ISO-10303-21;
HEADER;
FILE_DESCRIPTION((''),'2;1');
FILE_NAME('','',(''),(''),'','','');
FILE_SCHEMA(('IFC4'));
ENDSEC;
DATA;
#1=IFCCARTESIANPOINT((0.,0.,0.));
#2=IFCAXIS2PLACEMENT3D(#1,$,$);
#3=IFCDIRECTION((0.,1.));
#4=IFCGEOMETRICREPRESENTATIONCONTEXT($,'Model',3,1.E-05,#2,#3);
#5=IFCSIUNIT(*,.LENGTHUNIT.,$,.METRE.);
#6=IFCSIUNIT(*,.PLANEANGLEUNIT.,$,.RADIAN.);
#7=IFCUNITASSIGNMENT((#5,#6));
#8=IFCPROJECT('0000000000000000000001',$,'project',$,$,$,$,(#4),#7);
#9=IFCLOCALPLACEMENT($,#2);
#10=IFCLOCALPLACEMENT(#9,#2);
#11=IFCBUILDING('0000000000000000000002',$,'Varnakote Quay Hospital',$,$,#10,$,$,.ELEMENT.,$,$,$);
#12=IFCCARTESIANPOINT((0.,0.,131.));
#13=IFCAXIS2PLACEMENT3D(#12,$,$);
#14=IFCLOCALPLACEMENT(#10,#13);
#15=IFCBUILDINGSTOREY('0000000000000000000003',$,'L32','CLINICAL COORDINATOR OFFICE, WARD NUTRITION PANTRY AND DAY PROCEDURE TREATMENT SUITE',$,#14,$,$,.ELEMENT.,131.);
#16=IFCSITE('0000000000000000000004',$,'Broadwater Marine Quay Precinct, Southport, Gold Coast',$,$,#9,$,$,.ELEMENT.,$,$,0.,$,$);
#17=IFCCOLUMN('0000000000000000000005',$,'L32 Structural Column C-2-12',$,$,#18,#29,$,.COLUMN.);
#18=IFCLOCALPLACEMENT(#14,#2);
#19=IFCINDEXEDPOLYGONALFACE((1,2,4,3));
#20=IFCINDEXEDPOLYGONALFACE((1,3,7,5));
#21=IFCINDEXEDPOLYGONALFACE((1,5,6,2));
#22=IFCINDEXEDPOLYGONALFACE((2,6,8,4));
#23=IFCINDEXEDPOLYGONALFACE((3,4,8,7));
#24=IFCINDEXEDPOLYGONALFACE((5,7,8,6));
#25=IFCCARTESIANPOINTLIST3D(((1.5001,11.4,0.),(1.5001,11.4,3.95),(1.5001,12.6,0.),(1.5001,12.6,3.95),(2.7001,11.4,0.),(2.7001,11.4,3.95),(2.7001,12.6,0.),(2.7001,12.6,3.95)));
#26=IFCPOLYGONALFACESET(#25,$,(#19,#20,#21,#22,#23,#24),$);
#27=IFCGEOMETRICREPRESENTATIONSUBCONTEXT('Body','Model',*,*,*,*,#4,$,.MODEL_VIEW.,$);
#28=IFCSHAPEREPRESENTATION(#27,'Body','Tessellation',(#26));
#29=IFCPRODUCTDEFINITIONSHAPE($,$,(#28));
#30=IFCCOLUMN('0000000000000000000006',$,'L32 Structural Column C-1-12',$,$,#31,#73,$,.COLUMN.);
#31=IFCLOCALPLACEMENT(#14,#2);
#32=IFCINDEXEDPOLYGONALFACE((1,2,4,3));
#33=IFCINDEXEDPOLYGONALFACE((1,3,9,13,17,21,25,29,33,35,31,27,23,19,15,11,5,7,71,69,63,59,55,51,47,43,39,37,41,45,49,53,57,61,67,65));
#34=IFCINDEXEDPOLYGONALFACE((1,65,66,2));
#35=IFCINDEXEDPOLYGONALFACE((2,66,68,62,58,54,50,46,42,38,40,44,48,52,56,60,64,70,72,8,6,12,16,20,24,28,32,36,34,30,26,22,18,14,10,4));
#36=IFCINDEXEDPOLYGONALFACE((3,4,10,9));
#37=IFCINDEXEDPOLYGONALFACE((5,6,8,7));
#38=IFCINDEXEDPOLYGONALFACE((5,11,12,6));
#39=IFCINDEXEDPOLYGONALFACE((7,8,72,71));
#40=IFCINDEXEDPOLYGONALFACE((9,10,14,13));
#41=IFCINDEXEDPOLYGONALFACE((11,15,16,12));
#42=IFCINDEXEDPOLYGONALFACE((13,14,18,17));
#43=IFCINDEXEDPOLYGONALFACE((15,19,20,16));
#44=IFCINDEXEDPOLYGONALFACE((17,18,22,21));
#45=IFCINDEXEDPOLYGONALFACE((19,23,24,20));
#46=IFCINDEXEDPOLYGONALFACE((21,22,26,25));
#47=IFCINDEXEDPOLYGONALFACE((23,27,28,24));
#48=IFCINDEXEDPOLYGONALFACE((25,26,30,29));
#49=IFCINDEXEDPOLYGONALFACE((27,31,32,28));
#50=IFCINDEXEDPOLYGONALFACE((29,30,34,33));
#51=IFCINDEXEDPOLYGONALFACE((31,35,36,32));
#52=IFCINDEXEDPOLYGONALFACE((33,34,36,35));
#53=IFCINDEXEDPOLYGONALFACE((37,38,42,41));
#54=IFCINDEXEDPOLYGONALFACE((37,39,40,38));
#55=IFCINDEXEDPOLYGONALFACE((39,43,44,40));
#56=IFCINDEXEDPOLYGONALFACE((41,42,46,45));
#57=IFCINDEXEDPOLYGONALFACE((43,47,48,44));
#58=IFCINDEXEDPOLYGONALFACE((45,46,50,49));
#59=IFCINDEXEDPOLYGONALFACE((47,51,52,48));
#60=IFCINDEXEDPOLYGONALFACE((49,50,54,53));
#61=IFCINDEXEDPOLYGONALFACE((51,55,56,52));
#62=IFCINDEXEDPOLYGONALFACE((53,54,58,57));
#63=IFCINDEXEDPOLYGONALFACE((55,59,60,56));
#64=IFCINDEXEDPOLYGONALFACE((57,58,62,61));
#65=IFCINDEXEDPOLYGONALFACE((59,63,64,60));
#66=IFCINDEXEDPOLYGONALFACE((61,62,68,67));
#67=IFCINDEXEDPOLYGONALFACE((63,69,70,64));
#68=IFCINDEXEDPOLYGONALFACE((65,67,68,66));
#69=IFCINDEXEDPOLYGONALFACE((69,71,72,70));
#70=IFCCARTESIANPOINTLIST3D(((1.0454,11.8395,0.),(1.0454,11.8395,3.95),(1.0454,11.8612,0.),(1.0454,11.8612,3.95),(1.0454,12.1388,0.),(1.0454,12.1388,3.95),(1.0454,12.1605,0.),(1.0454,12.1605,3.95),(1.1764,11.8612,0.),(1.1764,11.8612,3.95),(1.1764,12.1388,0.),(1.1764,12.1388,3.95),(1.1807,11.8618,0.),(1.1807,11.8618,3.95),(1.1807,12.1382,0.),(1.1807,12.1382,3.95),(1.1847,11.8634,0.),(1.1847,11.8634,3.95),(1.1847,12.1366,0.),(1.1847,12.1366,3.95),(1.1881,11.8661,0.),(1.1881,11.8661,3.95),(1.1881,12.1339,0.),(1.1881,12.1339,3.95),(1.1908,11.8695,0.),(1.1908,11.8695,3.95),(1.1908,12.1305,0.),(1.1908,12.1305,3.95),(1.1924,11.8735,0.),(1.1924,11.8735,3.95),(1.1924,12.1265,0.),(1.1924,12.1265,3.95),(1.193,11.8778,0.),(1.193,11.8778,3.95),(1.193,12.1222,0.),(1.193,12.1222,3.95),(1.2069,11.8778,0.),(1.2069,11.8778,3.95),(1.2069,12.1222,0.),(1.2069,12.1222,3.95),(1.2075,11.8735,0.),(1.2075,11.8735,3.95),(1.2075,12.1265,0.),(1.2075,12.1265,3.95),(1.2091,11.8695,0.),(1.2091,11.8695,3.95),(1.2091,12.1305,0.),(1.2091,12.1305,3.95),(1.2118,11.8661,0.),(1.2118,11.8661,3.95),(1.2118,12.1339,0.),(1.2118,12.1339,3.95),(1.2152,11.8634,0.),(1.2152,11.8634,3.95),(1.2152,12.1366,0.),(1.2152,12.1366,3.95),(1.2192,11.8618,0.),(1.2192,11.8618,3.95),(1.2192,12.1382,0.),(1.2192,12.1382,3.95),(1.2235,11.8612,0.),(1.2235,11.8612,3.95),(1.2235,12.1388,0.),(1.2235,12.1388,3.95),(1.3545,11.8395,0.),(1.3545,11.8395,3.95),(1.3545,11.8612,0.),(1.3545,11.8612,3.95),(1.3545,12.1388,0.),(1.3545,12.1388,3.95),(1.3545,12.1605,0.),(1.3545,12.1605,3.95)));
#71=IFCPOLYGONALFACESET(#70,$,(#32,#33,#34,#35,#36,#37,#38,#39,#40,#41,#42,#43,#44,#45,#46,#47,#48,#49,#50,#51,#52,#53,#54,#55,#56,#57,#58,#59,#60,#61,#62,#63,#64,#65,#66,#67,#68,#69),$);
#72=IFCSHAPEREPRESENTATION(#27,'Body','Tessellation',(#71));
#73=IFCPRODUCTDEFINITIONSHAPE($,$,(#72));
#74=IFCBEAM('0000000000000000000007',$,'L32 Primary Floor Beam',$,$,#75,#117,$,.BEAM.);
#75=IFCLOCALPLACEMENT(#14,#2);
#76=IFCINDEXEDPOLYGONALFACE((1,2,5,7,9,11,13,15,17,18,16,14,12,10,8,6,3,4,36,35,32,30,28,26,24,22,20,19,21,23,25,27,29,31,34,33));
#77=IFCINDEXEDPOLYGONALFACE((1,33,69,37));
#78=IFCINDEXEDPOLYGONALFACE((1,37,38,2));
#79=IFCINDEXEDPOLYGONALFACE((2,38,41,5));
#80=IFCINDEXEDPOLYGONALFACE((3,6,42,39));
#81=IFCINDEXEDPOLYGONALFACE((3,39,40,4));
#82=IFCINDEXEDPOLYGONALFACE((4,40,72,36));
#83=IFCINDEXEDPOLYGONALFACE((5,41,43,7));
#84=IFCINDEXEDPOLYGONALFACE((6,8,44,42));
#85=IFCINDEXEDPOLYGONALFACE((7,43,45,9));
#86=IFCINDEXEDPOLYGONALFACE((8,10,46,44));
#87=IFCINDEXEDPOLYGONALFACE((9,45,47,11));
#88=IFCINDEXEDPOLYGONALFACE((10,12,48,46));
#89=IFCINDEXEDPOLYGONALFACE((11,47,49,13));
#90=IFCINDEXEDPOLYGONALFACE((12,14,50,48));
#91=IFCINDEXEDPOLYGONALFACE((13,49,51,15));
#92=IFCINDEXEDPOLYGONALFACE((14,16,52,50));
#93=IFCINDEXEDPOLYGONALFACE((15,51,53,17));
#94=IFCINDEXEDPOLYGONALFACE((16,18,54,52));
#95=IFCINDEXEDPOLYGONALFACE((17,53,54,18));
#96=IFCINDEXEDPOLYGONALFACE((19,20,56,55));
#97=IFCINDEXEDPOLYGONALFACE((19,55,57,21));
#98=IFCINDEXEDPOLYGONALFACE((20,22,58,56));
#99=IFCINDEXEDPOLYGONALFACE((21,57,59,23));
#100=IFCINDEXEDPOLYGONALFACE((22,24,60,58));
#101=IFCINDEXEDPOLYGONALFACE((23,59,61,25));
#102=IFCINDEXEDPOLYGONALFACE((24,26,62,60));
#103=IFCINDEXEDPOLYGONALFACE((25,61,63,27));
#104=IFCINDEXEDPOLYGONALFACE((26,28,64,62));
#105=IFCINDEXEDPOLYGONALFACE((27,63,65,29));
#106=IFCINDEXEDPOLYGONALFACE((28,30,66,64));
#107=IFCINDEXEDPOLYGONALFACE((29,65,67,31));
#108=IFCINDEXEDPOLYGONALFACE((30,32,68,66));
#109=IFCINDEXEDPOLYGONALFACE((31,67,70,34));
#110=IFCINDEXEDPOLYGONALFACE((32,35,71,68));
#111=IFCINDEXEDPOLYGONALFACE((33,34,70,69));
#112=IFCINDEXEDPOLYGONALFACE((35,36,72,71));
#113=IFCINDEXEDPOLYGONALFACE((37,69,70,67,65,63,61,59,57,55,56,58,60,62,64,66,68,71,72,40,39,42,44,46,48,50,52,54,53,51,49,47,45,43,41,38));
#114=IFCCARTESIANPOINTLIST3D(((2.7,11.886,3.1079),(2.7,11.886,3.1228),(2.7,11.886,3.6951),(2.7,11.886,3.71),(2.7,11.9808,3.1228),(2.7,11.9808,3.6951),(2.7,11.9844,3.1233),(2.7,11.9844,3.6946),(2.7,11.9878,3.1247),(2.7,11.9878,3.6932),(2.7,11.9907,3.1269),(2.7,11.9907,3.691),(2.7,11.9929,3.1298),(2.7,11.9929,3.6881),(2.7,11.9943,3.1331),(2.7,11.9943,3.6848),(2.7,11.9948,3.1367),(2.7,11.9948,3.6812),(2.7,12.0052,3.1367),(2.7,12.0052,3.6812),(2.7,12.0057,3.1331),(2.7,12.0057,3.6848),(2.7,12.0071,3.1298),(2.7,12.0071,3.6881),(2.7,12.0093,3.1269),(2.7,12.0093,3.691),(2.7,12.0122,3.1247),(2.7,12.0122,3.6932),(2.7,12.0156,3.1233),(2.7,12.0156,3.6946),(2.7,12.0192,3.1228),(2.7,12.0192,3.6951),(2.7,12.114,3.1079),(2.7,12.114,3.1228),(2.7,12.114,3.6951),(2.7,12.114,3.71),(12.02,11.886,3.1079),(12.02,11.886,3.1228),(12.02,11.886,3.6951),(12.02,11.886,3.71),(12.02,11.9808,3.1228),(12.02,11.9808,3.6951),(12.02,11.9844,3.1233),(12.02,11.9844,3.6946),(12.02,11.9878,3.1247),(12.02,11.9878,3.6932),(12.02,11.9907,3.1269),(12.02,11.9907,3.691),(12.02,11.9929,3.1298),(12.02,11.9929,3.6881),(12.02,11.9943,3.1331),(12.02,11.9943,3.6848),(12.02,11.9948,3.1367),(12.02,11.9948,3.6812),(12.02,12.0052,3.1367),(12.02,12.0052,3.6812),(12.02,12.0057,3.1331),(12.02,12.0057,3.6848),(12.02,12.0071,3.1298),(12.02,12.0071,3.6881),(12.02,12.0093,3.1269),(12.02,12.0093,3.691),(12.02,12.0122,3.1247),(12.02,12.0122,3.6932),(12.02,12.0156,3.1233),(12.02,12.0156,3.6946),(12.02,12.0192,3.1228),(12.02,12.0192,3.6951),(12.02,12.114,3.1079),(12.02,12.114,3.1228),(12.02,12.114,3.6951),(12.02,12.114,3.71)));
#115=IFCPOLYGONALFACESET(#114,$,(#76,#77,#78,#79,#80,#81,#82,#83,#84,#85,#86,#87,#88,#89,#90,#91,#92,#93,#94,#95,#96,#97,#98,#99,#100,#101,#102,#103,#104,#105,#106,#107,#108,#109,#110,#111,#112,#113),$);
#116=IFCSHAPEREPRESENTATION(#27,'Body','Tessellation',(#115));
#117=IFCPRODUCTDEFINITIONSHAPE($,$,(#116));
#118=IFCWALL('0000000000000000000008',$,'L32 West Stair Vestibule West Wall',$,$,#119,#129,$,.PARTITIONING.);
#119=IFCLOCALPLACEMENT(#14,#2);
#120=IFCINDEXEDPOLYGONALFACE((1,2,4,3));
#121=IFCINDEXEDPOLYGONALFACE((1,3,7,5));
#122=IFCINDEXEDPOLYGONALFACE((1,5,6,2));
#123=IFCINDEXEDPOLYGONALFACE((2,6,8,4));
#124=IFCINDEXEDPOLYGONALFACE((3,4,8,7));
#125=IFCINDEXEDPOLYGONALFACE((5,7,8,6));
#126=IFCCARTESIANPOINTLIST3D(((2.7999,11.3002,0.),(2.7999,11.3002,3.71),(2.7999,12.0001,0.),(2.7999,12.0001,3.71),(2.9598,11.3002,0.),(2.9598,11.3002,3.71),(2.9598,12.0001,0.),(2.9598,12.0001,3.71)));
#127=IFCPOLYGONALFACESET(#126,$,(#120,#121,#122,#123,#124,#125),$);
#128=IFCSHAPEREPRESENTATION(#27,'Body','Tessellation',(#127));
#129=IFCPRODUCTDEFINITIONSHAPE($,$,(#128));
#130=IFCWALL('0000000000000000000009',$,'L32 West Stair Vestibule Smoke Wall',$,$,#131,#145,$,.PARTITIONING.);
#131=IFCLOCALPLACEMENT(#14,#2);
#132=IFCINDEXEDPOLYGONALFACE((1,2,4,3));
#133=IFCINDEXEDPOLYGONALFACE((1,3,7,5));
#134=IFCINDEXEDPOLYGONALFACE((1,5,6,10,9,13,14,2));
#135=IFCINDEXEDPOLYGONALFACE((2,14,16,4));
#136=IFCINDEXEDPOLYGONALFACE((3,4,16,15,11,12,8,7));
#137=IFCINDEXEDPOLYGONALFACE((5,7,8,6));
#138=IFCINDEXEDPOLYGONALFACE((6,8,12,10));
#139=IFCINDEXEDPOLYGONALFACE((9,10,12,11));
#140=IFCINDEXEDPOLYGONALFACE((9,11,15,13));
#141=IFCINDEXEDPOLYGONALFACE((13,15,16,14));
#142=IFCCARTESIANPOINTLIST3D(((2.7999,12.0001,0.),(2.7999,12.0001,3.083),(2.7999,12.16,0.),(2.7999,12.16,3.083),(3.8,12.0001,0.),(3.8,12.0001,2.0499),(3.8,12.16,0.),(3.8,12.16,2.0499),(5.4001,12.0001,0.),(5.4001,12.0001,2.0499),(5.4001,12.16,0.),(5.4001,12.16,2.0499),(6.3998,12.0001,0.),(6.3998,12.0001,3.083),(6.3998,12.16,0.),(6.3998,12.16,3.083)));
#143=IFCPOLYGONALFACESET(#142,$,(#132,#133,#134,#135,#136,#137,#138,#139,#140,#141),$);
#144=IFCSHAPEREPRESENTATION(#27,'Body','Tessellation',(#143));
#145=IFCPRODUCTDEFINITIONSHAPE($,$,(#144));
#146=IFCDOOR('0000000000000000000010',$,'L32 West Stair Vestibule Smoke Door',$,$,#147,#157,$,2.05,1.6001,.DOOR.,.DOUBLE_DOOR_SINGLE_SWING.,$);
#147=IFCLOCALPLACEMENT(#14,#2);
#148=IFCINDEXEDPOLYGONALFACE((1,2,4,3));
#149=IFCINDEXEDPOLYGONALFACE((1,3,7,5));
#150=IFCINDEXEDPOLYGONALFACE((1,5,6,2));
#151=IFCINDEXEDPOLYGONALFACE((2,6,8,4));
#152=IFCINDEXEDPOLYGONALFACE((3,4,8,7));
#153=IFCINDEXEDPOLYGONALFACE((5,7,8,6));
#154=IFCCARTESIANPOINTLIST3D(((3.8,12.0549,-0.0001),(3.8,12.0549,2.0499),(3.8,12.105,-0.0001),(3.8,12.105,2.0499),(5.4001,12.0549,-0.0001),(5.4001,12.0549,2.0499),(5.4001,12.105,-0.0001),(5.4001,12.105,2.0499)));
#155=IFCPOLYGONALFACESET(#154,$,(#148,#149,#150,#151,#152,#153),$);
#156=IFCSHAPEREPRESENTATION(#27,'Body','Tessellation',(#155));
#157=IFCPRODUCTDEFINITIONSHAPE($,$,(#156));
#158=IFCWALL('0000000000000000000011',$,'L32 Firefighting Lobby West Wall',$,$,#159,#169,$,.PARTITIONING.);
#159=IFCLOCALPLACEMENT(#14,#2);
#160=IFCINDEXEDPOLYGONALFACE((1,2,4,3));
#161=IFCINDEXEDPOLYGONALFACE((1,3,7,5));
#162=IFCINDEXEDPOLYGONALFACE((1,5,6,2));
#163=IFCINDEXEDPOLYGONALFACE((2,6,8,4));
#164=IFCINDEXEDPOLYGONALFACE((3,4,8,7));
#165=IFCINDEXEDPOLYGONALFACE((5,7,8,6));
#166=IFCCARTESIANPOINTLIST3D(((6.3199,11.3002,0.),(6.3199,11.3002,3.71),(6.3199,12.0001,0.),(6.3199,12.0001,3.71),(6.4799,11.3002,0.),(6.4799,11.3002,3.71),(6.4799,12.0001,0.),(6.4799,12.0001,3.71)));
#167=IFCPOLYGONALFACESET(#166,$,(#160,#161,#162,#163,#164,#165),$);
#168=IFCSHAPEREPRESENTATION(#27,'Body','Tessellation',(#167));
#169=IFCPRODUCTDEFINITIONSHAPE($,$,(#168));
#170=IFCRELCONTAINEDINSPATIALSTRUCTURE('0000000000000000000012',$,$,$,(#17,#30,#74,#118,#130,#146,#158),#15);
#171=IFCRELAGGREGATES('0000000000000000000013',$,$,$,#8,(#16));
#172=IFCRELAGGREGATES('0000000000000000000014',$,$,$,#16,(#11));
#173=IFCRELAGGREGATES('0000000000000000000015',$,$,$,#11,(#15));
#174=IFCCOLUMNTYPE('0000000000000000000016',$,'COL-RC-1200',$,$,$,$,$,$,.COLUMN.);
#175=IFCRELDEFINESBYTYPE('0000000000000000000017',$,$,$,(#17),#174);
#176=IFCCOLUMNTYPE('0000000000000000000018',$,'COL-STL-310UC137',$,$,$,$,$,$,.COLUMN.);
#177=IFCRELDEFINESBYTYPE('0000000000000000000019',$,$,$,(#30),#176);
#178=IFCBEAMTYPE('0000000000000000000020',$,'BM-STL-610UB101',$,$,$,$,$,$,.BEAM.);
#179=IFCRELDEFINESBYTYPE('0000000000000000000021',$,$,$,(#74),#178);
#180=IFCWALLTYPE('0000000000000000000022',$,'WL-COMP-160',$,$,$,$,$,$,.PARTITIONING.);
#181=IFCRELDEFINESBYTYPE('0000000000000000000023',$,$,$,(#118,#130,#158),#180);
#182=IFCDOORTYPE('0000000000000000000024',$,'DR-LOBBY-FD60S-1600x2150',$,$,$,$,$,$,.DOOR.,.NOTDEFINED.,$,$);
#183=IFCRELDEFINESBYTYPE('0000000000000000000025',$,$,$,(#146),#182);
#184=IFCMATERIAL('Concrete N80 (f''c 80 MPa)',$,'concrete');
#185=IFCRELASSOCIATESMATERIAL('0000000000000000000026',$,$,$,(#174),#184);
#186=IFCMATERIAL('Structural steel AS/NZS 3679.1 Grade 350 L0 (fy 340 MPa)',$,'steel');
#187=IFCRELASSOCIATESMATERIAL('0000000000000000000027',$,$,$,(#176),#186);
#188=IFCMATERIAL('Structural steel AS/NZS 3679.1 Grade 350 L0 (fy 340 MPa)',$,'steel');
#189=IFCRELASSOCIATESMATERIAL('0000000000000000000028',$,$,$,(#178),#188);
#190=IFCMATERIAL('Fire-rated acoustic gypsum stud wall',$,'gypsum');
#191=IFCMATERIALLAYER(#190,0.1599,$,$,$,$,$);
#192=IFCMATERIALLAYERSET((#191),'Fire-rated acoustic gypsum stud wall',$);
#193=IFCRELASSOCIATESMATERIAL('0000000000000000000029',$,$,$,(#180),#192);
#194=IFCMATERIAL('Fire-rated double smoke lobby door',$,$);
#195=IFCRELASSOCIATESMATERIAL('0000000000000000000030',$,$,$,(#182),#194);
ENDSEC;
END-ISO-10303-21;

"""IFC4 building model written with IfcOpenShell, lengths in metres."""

from ifc_helpers import new_model, si_unit, direction, frame, frame_2d, origin, origin_2d, place, context, subcontext, project, spatial, rectangle, i_section, extrude, material, layer, layer_set, material_profile, profile_set, type_object, element, fill, save


model = new_model("IFC4")

# Units and contexts
model_context = context("Model", 3, precision=1e-05, world=origin(), true_north=direction((0.0, 1.0)))
body_context = subcontext(model_context, "Body", "Model", "MODEL_VIEW")
ifc_project = project(units=[si_unit("LENGTHUNIT", "METRE"), si_unit("PLANEANGLEUNIT", "RADIAN")], contexts=[model_context])

# Site, building, storey
site_placement = place(None, origin())
site = spatial("IfcSite", under=ifc_project, at=site_placement, Name="Broadwater Marine Quay Precinct, Southport, Gold Coast", CompositionType="ELEMENT", RefElevation=0.0)
building_placement = place(site_placement, origin())
building = spatial("IfcBuilding", under=site, at=building_placement, Name="Varnakote Quay Hospital", CompositionType="ELEMENT")
storey_placement = place(building_placement, frame((0.0, 0.0, 131.0)))
storey = spatial("IfcBuildingStorey", under=building, at=storey_placement, Name="L32", Description="CLINICAL COORDINATOR OFFICE, WARD NUTRITION PANTRY AND DAY PROCEDURE TREATMENT SUITE", CompositionType="ELEMENT", Elevation=131.0)

# Columns
ifc_material_1 = material(Name="Concrete N80 (f'c 80 MPa)", Category="concrete")
ifc_material_profile_1 = material_profile(ifc_material_1, rectangle(XDim=1.2, YDim=1.2, at=origin_2d()), Name="RC-COL-1200x1200")
ifc_profile_set_1 = profile_set([ifc_material_profile_1], Name="Concrete N80 (f'c 80 MPa)")
column_type_1 = type_object("IfcColumnType", Name="COL-RC-1200", PredefinedType="COLUMN", material=ifc_profile_set_1)
column_1_placement = place(storey_placement, frame((2.1001, 12.0, 0.0), z_axis=(0.0, 0.0, 1.0), x_axis=(1.0, 0.0, 0.0)))
element("IfcColumn", 1, at=column_1_placement, inside=storey, type_object=column_type_1, Name="L32 Structural Column C-2-12", PredefinedType="COLUMN", context=body_context, shape_type="SweptSolid", body=[
    extrude(rectangle(XDim=1.2, YDim=1.2, at=origin_2d()), origin(), (0.0, 0.0, 1.0), 3.95),
])
ifc_material_2 = material(Name="Structural steel AS/NZS 3679.1 Grade 350 L0 (fy 340 MPa)", Category="steel")
ifc_material_profile_2 = material_profile(ifc_material_2, i_section(OverallWidth=0.3091, OverallDepth=0.321, WebThickness=0.0139, FlangeThickness=0.0217, FilletRadius=0.0166, at=origin_2d()), Name="310UC137")
ifc_profile_set_2 = profile_set([ifc_material_profile_2], Name="Structural steel AS/NZS 3679.1 Grade 350 L0 (fy 340 MPa)")
column_type_2 = type_object("IfcColumnType", Name="COL-STL-310UC137", PredefinedType="COLUMN", material=ifc_profile_set_2)
column_2_placement = place(storey_placement, frame((1.2, 12.0, 0.0), z_axis=(0.0, 0.0, 1.0), x_axis=(1.0, 0.0, 0.0)))
element("IfcColumn", 2, at=column_2_placement, inside=storey, type_object=column_type_2, Name="L32 Structural Column C-1-12", PredefinedType="COLUMN", context=body_context, shape_type="SweptSolid", body=[
    extrude(i_section(OverallWidth=0.3091, OverallDepth=0.321, WebThickness=0.0139, FlangeThickness=0.0217, FilletRadius=0.0166, at=origin_2d()), origin(), (0.0, 0.0, 1.0), 3.95),
])

# Beam
ifc_material_3 = material(Name="Structural steel AS/NZS 3679.1 Grade 350 L0 (fy 340 MPa)", Category="steel")
ifc_material_profile_3 = material_profile(ifc_material_3, i_section(OverallWidth=0.228, OverallDepth=0.6021, WebThickness=0.0105, FlangeThickness=0.0149, FilletRadius=0.0139, at=origin_2d()), Name="610UB101")
ifc_profile_set_3 = profile_set([ifc_material_profile_3], Name="Structural steel AS/NZS 3679.1 Grade 350 L0 (fy 340 MPa)")
beam_type = type_object("IfcBeamType", Name="BM-STL-610UB101", PredefinedType="BEAM", material=ifc_profile_set_3)
beam_placement = place(storey_placement, frame((2.7, 12.0, 3.4089), z_axis=(1.0, 0.0, 0.0), x_axis=(0.0, 1.0, 0.0)))
element("IfcBeam", 3, at=beam_placement, inside=storey, type_object=beam_type, Name="L32 Primary Floor Beam", PredefinedType="BEAM", context=body_context, shape_type="SweptSolid", body=[
    extrude(i_section(OverallWidth=0.228, OverallDepth=0.6021, WebThickness=0.0105, FlangeThickness=0.0149, FilletRadius=0.0139, at=origin_2d()), origin(), (0.0, 0.0, 1.0), 9.3201),
])

# Wall
ifc_material_4 = material(Name="Fire-rated acoustic gypsum stud wall", Category="gypsum")
ifc_layer_1 = layer(ifc_material_4, 0.1599)
ifc_layer_set_1 = layer_set([ifc_layer_1], Name="Fire-rated acoustic gypsum stud wall")
wall_type_1 = type_object("IfcWallType", Name="WL-COMP-160", PredefinedType="PARTITIONING", material=ifc_layer_set_1)
wall_1_placement = place(storey_placement, frame((2.8799, 11.3, 0.0), z_axis=(0.0, 0.0, 1.0), x_axis=(0.0, 1.0, 0.0)))
element("IfcWall", 4, at=wall_1_placement, inside=storey, type_object=wall_type_1, Name="L32 West Stair Vestibule West Wall", PredefinedType="PARTITIONING", context=body_context, shape_type="SweptSolid", body=[
    extrude(rectangle(XDim=0.7, YDim=0.1599, at=frame_2d((0.3501, 0.0))), origin(), (0.0, 0.0, 1.0), 3.71),
])

# Wall, opening, door
wall_2_placement = place(storey_placement, frame((2.8, 12.0801, 0.0), z_axis=(0.0, 0.0, 1.0), x_axis=(1.0, 0.0, 0.0)))
wall_2 = element("IfcWall", 5, at=wall_2_placement, inside=storey, type_object=wall_type_1, Name="L32 West Stair Vestibule Smoke Wall", PredefinedType="PARTITIONING", context=body_context, shape_type="SweptSolid", body=[
    extrude(rectangle(XDim=3.5999, YDim=0.1599, at=frame_2d((1.7998, 0.0))), origin(), (0.0, 0.0, 1.0), 3.083),
])
opening_1_placement = place(wall_2_placement, frame((1.0, 0.0, 0.0)))
opening_1 = element("IfcOpeningElement", 6, at=opening_1_placement, cuts=wall_2, PredefinedType="OPENING", context=body_context, shape_type="SweptSolid", body=[
    extrude(rectangle(XDim=1.6001, YDim=2.05, at=frame_2d((0.8, 1.0249))), frame((0.0, 0.0898, 0.0), z_axis=(0.0, -1.0, 0.0), x_axis=(1.0, 0.0, 0.0)), (0.0, 0.0, 1.0), 0.1799),
])
ifc_material_5 = material(Name="Fire-rated double smoke lobby door")
door_type_1 = type_object("IfcDoorType", Name="DR-LOBBY-FD60S-1600x2150", OperationType="NOTDEFINED", PredefinedType="DOOR", material=ifc_material_5)
door_1_placement = place(opening_1_placement, origin())
door_1 = element("IfcDoor", 7, at=door_1_placement, inside=storey, type_object=door_type_1, Name="L32 West Stair Vestibule Smoke Door", OperationType="DOUBLE_DOOR_SINGLE_SWING", OverallHeight=2.05, OverallWidth=1.6001, PredefinedType="DOOR", context=body_context, shape_type="SweptSolid", body=[
    extrude(rectangle(XDim=1.6001, YDim=2.05, at=frame_2d((0.8, 1.0249))), frame((0.0, 0.0249, 0.0), z_axis=(0.0, -1.0, 0.0), x_axis=(1.0, 0.0, 0.0)), (0.0, 0.0, 1.0), 0.05),
])
fill(opening_1, door_1)

# Wall
wall_3_placement = place(storey_placement, frame((6.3999, 11.3, 0.0), z_axis=(0.0, 0.0, 1.0), x_axis=(0.0, 1.0, 0.0)))
element("IfcWall", 8, at=wall_3_placement, inside=storey, type_object=wall_type_1, Name="L32 Firefighting Lobby West Wall", PredefinedType="PARTITIONING", context=body_context, shape_type="SweptSolid", body=[
    extrude(rectangle(XDim=0.7, YDim=0.1599, at=frame_2d((0.3501, 0.0))), origin(), (0.0, 0.0, 1.0), 3.71),
])

save(model, "model.ifc")
